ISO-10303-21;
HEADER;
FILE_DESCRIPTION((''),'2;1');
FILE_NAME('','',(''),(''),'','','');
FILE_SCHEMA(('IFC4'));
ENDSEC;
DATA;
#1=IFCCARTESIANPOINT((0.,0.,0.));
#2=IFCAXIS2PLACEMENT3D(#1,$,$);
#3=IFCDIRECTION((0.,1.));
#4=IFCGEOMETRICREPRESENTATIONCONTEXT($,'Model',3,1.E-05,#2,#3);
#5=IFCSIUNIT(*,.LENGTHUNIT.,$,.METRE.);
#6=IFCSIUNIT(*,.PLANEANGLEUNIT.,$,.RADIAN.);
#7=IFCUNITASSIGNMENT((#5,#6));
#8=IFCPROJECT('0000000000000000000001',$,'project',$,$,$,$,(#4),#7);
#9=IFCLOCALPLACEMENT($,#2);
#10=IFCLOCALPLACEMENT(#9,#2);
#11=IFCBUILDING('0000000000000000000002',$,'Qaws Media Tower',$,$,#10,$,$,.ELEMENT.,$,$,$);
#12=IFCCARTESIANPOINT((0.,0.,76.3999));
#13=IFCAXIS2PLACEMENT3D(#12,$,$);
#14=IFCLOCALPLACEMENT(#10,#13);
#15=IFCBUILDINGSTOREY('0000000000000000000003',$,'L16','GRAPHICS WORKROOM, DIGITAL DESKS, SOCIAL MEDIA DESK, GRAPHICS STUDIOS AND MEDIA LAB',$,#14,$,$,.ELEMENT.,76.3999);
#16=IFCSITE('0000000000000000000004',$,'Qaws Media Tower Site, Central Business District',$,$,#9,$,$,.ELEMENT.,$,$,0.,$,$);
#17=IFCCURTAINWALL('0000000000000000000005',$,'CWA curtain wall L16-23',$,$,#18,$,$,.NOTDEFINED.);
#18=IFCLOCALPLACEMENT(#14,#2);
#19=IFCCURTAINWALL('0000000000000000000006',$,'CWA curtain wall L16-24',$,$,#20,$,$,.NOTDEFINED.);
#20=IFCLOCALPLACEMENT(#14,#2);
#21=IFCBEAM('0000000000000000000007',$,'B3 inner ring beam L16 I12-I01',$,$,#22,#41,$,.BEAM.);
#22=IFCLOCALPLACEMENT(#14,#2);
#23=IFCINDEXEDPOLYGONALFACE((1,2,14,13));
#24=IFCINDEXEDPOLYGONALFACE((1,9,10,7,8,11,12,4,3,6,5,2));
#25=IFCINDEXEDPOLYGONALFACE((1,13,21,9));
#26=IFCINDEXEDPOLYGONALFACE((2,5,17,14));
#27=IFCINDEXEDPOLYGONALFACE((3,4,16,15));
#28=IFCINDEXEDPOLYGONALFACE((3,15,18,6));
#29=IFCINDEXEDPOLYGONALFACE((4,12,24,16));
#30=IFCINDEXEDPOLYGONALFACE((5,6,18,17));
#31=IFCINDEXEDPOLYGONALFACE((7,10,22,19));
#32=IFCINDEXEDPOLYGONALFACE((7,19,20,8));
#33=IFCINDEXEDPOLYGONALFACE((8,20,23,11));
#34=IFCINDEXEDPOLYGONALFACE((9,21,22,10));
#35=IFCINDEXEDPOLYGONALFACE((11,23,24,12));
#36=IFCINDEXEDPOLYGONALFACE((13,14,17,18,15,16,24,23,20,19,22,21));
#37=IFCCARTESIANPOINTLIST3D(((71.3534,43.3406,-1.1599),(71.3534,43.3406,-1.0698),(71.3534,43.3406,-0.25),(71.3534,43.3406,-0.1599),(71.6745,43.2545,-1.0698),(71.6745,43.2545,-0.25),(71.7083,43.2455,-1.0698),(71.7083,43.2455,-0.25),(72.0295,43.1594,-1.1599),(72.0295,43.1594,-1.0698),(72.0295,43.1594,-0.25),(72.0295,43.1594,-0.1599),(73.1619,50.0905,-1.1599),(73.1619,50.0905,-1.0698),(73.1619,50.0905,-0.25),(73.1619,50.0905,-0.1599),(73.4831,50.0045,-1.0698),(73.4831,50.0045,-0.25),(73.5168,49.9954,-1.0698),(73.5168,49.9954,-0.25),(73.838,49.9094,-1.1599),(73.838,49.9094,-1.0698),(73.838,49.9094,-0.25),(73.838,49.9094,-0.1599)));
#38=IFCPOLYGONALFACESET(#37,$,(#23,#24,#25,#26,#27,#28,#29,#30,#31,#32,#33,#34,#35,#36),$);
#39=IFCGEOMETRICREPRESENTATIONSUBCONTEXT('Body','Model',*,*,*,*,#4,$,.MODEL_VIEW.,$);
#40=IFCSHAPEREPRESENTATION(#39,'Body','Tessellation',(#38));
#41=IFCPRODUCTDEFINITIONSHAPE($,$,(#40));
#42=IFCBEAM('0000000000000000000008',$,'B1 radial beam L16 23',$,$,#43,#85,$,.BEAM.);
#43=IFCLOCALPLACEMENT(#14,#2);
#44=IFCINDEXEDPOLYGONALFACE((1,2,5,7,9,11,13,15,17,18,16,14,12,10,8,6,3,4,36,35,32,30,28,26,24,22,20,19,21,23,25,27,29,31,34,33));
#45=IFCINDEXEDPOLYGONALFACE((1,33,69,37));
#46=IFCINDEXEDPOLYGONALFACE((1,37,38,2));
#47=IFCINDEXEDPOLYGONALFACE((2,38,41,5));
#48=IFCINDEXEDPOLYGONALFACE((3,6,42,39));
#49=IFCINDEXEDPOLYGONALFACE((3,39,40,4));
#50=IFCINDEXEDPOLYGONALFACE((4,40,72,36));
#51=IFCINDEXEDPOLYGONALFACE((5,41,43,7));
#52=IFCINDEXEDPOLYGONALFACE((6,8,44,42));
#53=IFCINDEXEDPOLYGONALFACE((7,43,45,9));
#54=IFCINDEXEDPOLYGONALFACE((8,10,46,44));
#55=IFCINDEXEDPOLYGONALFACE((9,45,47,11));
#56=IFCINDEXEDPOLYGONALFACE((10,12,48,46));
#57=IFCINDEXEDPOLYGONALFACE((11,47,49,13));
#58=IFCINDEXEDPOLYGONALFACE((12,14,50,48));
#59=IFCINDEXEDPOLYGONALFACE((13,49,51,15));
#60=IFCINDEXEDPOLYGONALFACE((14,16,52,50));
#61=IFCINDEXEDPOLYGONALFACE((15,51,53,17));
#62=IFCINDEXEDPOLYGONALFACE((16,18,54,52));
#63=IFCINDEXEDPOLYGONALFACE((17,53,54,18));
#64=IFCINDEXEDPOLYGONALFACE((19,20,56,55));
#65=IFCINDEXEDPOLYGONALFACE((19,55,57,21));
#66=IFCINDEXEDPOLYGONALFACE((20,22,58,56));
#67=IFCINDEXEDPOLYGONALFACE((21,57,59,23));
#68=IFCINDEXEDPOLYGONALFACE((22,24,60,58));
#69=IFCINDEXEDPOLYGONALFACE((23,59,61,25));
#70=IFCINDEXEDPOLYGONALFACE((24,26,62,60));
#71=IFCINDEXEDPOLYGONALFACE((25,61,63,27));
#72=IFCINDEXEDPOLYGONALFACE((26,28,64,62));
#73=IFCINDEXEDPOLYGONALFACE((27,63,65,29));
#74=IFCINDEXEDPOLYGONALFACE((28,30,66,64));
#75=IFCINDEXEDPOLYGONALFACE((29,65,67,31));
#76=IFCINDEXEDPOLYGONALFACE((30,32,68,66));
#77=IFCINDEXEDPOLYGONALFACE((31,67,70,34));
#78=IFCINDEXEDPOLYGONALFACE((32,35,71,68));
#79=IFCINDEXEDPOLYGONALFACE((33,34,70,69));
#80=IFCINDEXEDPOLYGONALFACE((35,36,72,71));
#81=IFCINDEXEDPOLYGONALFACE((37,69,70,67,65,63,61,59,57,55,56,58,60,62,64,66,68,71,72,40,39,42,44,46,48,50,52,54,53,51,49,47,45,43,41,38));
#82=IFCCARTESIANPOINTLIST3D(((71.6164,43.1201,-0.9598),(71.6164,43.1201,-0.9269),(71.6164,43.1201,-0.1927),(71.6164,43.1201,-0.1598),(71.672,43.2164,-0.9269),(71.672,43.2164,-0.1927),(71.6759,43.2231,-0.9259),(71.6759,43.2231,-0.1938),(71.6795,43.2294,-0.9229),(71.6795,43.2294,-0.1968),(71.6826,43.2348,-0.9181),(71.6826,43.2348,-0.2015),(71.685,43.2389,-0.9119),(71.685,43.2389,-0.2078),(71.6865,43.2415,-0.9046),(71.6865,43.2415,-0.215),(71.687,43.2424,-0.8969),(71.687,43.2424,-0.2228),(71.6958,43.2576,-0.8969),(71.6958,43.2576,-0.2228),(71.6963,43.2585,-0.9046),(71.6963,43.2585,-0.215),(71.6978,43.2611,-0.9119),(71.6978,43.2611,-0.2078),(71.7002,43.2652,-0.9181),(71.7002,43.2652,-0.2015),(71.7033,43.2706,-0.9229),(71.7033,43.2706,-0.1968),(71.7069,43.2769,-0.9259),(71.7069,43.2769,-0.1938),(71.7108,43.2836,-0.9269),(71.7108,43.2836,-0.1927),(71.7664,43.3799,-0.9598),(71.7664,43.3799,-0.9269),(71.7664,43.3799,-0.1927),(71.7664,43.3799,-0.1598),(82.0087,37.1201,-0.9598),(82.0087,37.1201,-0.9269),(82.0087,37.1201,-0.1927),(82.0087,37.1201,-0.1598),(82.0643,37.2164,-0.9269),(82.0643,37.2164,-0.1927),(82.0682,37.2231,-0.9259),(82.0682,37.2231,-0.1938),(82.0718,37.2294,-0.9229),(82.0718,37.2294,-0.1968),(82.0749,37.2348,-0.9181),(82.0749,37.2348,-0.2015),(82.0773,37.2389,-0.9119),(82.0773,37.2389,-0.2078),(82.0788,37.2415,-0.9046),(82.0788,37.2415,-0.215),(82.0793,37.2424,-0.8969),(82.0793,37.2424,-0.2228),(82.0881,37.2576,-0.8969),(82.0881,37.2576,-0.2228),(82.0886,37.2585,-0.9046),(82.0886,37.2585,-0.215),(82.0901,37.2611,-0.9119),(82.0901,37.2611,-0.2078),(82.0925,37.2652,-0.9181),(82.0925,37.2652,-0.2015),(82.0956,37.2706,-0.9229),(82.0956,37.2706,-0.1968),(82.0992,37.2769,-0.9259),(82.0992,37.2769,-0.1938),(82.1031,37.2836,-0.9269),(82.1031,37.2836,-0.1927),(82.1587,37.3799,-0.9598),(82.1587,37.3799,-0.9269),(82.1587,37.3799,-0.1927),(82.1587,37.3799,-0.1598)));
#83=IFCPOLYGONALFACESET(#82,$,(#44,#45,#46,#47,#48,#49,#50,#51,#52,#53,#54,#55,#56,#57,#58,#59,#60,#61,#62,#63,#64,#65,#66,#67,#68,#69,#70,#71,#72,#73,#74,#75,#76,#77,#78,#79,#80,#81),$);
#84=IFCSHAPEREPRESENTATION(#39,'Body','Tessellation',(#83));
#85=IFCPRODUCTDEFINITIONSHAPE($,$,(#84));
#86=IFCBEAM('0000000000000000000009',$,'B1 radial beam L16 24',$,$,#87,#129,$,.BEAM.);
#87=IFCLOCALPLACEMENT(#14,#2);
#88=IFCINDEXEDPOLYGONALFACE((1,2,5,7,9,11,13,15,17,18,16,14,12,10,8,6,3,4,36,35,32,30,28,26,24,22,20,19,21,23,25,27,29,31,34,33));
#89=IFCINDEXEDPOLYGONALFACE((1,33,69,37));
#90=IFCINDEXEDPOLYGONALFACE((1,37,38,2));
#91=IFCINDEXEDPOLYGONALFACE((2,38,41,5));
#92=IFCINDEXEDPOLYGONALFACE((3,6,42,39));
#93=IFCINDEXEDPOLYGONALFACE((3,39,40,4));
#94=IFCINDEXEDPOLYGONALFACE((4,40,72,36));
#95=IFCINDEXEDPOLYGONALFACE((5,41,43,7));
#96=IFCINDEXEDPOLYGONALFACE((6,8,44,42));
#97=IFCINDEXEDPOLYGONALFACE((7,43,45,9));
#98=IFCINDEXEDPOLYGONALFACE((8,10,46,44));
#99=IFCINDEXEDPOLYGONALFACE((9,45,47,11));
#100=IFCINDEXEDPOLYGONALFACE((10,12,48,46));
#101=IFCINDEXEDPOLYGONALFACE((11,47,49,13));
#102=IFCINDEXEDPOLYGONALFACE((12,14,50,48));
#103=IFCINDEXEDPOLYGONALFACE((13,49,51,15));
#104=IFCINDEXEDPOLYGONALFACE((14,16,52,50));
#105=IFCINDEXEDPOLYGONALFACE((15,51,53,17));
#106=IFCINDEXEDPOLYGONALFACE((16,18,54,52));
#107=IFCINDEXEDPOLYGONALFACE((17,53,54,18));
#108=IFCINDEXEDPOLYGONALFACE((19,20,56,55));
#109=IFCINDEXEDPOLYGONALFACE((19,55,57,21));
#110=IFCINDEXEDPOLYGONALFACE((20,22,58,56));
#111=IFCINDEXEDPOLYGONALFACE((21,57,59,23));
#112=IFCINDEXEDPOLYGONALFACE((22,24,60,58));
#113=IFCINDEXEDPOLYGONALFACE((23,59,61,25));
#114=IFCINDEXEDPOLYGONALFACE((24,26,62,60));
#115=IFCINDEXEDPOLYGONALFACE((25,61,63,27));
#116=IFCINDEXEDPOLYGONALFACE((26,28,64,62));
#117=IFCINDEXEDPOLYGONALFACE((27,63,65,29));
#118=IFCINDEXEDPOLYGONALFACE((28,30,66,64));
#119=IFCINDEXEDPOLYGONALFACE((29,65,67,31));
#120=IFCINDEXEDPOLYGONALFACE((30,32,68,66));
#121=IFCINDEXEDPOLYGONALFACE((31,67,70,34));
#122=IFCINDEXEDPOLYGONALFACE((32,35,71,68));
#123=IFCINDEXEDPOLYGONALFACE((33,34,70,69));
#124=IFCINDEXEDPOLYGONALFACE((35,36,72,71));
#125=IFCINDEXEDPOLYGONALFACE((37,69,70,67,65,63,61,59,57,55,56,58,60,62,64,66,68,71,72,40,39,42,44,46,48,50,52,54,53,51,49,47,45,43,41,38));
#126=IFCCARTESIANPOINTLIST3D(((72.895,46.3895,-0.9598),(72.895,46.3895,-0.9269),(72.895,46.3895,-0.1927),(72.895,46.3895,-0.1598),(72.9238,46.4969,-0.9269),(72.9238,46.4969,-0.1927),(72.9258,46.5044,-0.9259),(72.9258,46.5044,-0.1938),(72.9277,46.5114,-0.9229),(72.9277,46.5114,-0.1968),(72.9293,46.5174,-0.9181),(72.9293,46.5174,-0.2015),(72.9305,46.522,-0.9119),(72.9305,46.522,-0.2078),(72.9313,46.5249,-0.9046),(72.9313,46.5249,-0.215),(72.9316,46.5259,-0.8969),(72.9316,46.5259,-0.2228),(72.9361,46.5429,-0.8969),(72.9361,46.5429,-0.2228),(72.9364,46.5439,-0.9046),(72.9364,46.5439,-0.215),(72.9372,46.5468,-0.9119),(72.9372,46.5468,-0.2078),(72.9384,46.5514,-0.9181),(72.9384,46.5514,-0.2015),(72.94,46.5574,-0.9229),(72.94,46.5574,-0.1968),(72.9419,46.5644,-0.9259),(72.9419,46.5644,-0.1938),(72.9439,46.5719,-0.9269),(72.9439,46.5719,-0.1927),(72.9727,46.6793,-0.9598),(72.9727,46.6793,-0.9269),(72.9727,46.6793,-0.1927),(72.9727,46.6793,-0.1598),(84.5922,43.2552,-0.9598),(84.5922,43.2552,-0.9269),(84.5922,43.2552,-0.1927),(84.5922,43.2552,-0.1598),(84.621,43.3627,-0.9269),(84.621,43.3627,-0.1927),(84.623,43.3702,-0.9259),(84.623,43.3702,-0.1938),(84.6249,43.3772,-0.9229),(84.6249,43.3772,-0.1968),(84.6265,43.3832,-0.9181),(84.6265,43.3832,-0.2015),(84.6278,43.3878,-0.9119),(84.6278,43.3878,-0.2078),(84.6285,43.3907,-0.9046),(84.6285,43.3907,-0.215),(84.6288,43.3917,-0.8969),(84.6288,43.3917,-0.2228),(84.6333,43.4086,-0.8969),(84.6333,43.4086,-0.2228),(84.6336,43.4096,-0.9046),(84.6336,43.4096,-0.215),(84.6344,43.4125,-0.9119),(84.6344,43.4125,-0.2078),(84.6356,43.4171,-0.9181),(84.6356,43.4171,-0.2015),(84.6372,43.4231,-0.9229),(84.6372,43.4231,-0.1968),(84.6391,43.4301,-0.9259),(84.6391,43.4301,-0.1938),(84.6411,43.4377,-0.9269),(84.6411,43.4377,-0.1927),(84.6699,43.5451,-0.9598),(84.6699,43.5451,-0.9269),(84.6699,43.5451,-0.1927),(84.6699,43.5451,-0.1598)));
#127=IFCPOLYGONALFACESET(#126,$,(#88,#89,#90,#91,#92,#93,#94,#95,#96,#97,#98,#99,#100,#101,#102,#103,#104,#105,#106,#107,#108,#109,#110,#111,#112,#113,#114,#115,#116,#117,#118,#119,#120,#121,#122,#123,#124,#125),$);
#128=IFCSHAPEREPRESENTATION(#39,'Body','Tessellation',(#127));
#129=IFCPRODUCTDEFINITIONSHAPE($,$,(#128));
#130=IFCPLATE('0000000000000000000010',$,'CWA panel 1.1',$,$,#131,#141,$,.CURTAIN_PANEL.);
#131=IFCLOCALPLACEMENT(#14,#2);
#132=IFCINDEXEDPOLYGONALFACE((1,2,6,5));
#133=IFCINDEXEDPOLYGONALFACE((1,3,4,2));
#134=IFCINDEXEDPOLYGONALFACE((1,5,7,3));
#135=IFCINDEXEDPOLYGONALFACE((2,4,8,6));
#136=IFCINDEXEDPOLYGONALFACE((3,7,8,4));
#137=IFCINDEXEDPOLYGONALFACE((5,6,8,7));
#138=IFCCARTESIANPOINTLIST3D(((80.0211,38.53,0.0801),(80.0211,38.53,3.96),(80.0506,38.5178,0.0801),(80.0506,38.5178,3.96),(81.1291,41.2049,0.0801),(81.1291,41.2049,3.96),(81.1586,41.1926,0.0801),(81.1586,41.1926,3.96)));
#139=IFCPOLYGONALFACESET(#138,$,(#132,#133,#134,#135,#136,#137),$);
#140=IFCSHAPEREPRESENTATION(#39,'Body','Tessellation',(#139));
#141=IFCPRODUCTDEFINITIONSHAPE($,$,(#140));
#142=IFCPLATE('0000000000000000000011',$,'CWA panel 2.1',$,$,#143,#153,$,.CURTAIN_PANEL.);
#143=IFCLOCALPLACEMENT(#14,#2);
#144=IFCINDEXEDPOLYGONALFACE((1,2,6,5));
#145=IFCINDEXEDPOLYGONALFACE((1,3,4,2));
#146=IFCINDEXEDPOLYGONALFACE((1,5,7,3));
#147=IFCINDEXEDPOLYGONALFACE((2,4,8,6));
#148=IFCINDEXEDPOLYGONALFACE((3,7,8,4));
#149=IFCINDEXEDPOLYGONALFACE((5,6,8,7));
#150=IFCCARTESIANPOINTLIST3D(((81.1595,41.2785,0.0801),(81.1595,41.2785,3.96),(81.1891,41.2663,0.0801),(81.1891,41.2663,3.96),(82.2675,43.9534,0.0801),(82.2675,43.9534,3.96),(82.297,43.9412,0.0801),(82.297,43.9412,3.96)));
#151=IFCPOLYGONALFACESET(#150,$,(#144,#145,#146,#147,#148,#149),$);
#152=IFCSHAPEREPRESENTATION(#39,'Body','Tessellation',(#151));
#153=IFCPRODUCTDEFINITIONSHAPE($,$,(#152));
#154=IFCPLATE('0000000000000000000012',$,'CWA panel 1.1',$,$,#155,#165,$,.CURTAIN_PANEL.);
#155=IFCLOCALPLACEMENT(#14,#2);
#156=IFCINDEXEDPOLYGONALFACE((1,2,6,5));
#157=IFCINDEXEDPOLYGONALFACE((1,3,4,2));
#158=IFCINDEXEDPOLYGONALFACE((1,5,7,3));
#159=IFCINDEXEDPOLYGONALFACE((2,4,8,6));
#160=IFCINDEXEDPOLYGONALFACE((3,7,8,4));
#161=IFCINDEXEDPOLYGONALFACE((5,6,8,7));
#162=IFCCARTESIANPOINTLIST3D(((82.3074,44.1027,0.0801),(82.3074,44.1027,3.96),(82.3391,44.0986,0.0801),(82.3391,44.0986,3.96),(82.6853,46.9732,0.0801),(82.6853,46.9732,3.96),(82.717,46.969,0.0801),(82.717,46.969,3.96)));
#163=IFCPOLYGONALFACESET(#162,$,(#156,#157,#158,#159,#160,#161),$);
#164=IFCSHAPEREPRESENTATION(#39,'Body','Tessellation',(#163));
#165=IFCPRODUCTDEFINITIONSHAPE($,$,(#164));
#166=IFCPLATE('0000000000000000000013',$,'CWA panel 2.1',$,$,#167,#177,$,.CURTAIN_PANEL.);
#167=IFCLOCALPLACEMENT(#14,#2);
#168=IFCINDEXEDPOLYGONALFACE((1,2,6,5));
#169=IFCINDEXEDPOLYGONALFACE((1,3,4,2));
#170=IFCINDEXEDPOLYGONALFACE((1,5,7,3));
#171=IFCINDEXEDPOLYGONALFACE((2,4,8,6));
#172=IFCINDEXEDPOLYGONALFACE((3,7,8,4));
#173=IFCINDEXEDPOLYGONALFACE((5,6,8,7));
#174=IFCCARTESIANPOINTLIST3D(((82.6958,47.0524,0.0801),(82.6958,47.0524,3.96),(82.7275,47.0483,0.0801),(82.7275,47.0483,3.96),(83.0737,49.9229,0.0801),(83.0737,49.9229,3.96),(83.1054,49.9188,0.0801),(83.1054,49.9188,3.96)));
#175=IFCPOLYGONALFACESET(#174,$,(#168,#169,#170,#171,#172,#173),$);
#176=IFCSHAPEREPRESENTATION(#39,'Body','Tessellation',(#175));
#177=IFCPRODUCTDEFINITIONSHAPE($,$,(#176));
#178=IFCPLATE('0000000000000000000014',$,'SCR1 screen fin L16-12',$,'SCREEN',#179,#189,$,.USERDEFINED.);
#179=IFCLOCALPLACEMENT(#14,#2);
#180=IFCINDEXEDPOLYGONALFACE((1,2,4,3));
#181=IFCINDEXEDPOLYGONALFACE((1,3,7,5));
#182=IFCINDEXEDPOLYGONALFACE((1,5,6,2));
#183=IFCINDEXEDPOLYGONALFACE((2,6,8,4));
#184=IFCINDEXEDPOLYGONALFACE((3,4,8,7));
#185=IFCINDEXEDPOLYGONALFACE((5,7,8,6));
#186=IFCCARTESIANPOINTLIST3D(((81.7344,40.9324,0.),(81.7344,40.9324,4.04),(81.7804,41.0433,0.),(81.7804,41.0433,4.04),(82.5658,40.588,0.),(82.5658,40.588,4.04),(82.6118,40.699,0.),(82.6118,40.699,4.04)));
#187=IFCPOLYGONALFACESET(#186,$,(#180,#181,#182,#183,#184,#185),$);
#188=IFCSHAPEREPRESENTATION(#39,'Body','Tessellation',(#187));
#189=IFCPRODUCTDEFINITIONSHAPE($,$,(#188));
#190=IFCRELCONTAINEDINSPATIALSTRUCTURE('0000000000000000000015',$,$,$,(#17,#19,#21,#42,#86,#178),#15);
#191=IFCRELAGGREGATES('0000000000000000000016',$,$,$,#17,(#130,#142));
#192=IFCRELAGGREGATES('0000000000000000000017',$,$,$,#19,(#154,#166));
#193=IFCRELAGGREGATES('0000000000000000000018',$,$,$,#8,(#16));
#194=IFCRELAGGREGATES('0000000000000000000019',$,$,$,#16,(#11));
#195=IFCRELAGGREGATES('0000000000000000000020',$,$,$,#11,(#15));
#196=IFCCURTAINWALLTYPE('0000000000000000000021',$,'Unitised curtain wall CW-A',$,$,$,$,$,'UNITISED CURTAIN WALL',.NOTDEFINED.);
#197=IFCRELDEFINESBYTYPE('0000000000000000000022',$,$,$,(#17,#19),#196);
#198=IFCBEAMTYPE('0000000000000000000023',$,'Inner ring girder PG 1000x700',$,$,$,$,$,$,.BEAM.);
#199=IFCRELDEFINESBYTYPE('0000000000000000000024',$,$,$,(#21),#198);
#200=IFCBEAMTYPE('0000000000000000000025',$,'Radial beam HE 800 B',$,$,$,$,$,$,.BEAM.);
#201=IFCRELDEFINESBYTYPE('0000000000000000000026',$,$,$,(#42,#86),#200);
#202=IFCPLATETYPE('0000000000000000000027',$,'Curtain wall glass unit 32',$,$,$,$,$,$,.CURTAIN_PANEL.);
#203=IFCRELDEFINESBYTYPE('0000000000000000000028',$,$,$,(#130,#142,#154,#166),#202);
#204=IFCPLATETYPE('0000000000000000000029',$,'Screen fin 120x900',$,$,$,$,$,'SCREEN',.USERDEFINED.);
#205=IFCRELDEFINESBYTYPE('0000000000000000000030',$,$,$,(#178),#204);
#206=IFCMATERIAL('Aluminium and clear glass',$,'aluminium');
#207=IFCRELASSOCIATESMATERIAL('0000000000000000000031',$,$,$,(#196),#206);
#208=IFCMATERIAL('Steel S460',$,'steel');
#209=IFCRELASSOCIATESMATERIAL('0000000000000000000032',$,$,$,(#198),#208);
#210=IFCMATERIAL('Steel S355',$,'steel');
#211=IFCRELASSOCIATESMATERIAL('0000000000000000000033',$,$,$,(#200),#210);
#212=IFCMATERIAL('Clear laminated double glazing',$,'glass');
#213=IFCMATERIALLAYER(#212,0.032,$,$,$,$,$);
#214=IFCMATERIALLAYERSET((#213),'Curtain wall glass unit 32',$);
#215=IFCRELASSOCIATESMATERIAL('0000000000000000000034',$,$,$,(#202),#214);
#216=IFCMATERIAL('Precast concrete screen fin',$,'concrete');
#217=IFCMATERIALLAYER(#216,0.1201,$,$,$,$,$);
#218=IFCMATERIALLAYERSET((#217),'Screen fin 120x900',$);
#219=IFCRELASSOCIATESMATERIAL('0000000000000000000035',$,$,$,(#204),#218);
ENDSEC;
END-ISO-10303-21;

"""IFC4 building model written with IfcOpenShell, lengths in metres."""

from ifc_helpers import new_model, si_unit, direction, frame, origin, origin_2d, place, context, subcontext, project, spatial, rectangle, i_section, extrude, material, layer, layer_set, material_profile, profile_set, type_object, element, aggregate, save


model = new_model("IFC4")

# Units and contexts
model_context = context("Model", 3, precision=1e-05, world=origin(), true_north=direction((0.0, 1.0)))
body_context = subcontext(model_context, "Body", "Model", "MODEL_VIEW")
ifc_project = project(units=[si_unit("LENGTHUNIT", "METRE"), si_unit("PLANEANGLEUNIT", "RADIAN")], contexts=[model_context])

# Site, building, storey
site_placement = place(None, origin())
site = spatial("IfcSite", under=ifc_project, at=site_placement, Name="Qaws Media Tower Site, Central Business District", CompositionType="ELEMENT", RefElevation=0.0)
building_placement = place(site_placement, origin())
building = spatial("IfcBuilding", under=site, at=building_placement, Name="Qaws Media Tower", CompositionType="ELEMENT")
storey_placement = place(building_placement, frame((0.0, 0.0, 76.3999)))
storey = spatial("IfcBuildingStorey", under=building, at=storey_placement, Name="L16", Description="GRAPHICS WORKROOM, DIGITAL DESKS, SOCIAL MEDIA DESK, GRAPHICS STUDIOS AND MEDIA LAB", CompositionType="ELEMENT", Elevation=76.3999)

# Curtain walls
ifc_material_1 = material(Name="Aluminium and clear glass", Category="aluminium")
curtain_wall_type = type_object("IfcCurtainWallType", Name="Unitised curtain wall CW-A", ElementType="UNITISED CURTAIN WALL", PredefinedType="NOTDEFINED", material=ifc_material_1)
curtain_wall_1_placement = place(storey_placement, origin())
curtain_wall_1 = element("IfcCurtainWall", 1, at=curtain_wall_1_placement, inside=storey, type_object=curtain_wall_type, Name="CWA curtain wall L16-23", PredefinedType="NOTDEFINED")
curtain_wall_2_placement = place(storey_placement, origin())
curtain_wall_2 = element("IfcCurtainWall", 2, at=curtain_wall_2_placement, inside=storey, type_object=curtain_wall_type, Name="CWA curtain wall L16-24", PredefinedType="NOTDEFINED")

# Beams
ifc_material_2 = material(Name="Steel S460", Category="steel")
ifc_material_profile_1 = material_profile(ifc_material_2, i_section(OverallWidth=0.7, OverallDepth=1.0, WebThickness=0.0349, FlangeThickness=0.0901, at=origin_2d()), Name="PG 1000x700")
ifc_profile_set_1 = profile_set([ifc_material_profile_1], Name="Steel S460")
beam_type_1 = type_object("IfcBeamType", Name="Inner ring girder PG 1000x700", PredefinedType="BEAM", material=ifc_profile_set_1)
beam_1_placement = place(storey_placement, frame((71.6914, 43.25, -0.6599), z_axis=(0.258811, 0.965928, 0.0), x_axis=(-0.965928, 0.258811, 0.0)))
element("IfcBeam", 3, at=beam_1_placement, inside=storey, type_object=beam_type_1, Name="B3 inner ring beam L16 I12-I01", PredefinedType="BEAM", context=body_context, shape_type="SweptSolid", body=[
    extrude(i_section(OverallWidth=0.7, OverallDepth=1.0, WebThickness=0.0349, FlangeThickness=0.0901, at=origin_2d()), origin(), (0.0, 0.0, 1.0), 6.988),
])
ifc_material_3 = material(Name="Steel S355", Category="steel")
ifc_material_profile_2 = material_profile(ifc_material_3, i_section(OverallWidth=0.3, OverallDepth=0.8, WebThickness=0.0176, FlangeThickness=0.033, FilletRadius=0.03, at=origin_2d()), Name="HE 800 B")
ifc_profile_set_2 = profile_set([ifc_material_profile_2], Name="Steel S355")
beam_type_2 = type_object("IfcBeamType", Name="Radial beam HE 800 B", PredefinedType="BEAM", material=ifc_profile_set_2)
beam_2_placement = place(storey_placement, frame((71.6914, 43.25, -0.5598), z_axis=(0.866026, -0.499999, 0.0), x_axis=(0.499999, 0.866026, 0.0)))
element("IfcBeam", 4, at=beam_2_placement, inside=storey, type_object=beam_type_2, Name="B1 radial beam L16 23", PredefinedType="BEAM", context=body_context, shape_type="SweptSolid", body=[
    extrude(i_section(OverallWidth=0.3, OverallDepth=0.8, WebThickness=0.0176, FlangeThickness=0.033, FilletRadius=0.03, at=origin_2d()), origin(), (0.0, 0.0, 1.0), 12.0),
])
beam_3_placement = place(storey_placement, frame((72.9338, 46.5344, -0.5598), z_axis=(0.965926, -0.258819, 0.0), x_axis=(0.258819, 0.965926, 0.0)))
element("IfcBeam", 5, at=beam_3_placement, inside=storey, type_object=beam_type_2, Name="B1 radial beam L16 24", PredefinedType="BEAM", context=body_context, shape_type="SweptSolid", body=[
    extrude(i_section(OverallWidth=0.3, OverallDepth=0.8, WebThickness=0.0176, FlangeThickness=0.033, FilletRadius=0.03, at=origin_2d()), origin(), (0.0, 0.0, 1.0), 12.1099),
])

# Plates
ifc_material_4 = material(Name="Clear laminated double glazing", Category="glass")
ifc_layer_1 = layer(ifc_material_4, 0.032)
ifc_layer_set_1 = layer_set([ifc_layer_1], Name="Curtain wall glass unit 32")
plate_type_1 = type_object("IfcPlateType", Name="Curtain wall glass unit 32", PredefinedType="CURTAIN_PANEL", material=ifc_layer_set_1)
plate_1_placement = place(storey_placement, frame((80.5898, 39.8613, 0.0801), z_axis=(0.0, 0.0, 1.0), x_axis=(0.382683, 0.92388, 0.0)))
plate_1 = element("IfcPlate", 6, at=plate_1_placement, type_object=plate_type_1, Name="CWA panel 1.1", PredefinedType="CURTAIN_PANEL", context=body_context, shape_type="SweptSolid", body=[
    extrude(rectangle(XDim=2.8953, YDim=0.032, at=origin_2d()), origin(), (0.0, 0.0, 1.0), 3.8799),
])
plate_2_placement = place(storey_placement, frame((81.7283, 42.6099, 0.0801), z_axis=(0.0, 0.0, 1.0), x_axis=(0.382683, 0.92388, 0.0)))
plate_2 = element("IfcPlate", 7, at=plate_2_placement, type_object=plate_type_1, Name="CWA panel 2.1", PredefinedType="CURTAIN_PANEL", context=body_context, shape_type="SweptSolid", body=[
    extrude(rectangle(XDim=2.8953, YDim=0.032, at=origin_2d()), origin(), (0.0, 0.0, 1.0), 3.8799),
])
aggregate(curtain_wall_1, [plate_1, plate_2])
plate_3_placement = place(storey_placement, frame((82.5122, 45.5359, 0.0801), z_axis=(0.0, 0.0, 1.0), x_axis=(0.130526, 0.991445, 0.0)))
plate_3 = element("IfcPlate", 8, at=plate_3_placement, type_object=plate_type_1, Name="CWA panel 1.1", PredefinedType="CURTAIN_PANEL", context=body_context, shape_type="SweptSolid", body=[
    extrude(rectangle(XDim=2.8953, YDim=0.032, at=origin_2d()), origin(), (0.0, 0.0, 1.0), 3.8799),
])
plate_4_placement = place(storey_placement, frame((82.9006, 48.4856, 0.0801), z_axis=(0.0, 0.0, 1.0), x_axis=(0.130526, 0.991445, 0.0)))
plate_4 = element("IfcPlate", 9, at=plate_4_placement, type_object=plate_type_1, Name="CWA panel 2.1", PredefinedType="CURTAIN_PANEL", context=body_context, shape_type="SweptSolid", body=[
    extrude(rectangle(XDim=2.8953, YDim=0.032, at=origin_2d()), origin(), (0.0, 0.0, 1.0), 3.8799),
])
aggregate(curtain_wall_2, [plate_3, plate_4])
ifc_material_5 = material(Name="Precast concrete screen fin", Category="concrete")
ifc_layer_2 = layer(ifc_material_5, 0.1201)
ifc_layer_set_2 = layer_set([ifc_layer_2], Name="Screen fin 120x900")
plate_type_2 = type_object("IfcPlateType", Name="Screen fin 120x900", ElementType="SCREEN", PredefinedType="USERDEFINED", material=ifc_layer_set_2)
plate_5_placement = place(storey_placement, frame((82.1731, 40.8157, 0.0), z_axis=(0.0, 0.0, 1.0), x_axis=(0.92388, -0.382683, 0.0)))
element("IfcPlate", 10, at=plate_5_placement, inside=storey, type_object=plate_type_2, Name="SCR1 screen fin L16-12", ObjectType="SCREEN", PredefinedType="USERDEFINED", context=body_context, shape_type="SweptSolid", body=[
    extrude(rectangle(XDim=0.8999, YDim=0.1201, at=origin_2d()), origin(), (0.0, 0.0, 1.0), 4.04),
])

save(model, "model.ifc")
